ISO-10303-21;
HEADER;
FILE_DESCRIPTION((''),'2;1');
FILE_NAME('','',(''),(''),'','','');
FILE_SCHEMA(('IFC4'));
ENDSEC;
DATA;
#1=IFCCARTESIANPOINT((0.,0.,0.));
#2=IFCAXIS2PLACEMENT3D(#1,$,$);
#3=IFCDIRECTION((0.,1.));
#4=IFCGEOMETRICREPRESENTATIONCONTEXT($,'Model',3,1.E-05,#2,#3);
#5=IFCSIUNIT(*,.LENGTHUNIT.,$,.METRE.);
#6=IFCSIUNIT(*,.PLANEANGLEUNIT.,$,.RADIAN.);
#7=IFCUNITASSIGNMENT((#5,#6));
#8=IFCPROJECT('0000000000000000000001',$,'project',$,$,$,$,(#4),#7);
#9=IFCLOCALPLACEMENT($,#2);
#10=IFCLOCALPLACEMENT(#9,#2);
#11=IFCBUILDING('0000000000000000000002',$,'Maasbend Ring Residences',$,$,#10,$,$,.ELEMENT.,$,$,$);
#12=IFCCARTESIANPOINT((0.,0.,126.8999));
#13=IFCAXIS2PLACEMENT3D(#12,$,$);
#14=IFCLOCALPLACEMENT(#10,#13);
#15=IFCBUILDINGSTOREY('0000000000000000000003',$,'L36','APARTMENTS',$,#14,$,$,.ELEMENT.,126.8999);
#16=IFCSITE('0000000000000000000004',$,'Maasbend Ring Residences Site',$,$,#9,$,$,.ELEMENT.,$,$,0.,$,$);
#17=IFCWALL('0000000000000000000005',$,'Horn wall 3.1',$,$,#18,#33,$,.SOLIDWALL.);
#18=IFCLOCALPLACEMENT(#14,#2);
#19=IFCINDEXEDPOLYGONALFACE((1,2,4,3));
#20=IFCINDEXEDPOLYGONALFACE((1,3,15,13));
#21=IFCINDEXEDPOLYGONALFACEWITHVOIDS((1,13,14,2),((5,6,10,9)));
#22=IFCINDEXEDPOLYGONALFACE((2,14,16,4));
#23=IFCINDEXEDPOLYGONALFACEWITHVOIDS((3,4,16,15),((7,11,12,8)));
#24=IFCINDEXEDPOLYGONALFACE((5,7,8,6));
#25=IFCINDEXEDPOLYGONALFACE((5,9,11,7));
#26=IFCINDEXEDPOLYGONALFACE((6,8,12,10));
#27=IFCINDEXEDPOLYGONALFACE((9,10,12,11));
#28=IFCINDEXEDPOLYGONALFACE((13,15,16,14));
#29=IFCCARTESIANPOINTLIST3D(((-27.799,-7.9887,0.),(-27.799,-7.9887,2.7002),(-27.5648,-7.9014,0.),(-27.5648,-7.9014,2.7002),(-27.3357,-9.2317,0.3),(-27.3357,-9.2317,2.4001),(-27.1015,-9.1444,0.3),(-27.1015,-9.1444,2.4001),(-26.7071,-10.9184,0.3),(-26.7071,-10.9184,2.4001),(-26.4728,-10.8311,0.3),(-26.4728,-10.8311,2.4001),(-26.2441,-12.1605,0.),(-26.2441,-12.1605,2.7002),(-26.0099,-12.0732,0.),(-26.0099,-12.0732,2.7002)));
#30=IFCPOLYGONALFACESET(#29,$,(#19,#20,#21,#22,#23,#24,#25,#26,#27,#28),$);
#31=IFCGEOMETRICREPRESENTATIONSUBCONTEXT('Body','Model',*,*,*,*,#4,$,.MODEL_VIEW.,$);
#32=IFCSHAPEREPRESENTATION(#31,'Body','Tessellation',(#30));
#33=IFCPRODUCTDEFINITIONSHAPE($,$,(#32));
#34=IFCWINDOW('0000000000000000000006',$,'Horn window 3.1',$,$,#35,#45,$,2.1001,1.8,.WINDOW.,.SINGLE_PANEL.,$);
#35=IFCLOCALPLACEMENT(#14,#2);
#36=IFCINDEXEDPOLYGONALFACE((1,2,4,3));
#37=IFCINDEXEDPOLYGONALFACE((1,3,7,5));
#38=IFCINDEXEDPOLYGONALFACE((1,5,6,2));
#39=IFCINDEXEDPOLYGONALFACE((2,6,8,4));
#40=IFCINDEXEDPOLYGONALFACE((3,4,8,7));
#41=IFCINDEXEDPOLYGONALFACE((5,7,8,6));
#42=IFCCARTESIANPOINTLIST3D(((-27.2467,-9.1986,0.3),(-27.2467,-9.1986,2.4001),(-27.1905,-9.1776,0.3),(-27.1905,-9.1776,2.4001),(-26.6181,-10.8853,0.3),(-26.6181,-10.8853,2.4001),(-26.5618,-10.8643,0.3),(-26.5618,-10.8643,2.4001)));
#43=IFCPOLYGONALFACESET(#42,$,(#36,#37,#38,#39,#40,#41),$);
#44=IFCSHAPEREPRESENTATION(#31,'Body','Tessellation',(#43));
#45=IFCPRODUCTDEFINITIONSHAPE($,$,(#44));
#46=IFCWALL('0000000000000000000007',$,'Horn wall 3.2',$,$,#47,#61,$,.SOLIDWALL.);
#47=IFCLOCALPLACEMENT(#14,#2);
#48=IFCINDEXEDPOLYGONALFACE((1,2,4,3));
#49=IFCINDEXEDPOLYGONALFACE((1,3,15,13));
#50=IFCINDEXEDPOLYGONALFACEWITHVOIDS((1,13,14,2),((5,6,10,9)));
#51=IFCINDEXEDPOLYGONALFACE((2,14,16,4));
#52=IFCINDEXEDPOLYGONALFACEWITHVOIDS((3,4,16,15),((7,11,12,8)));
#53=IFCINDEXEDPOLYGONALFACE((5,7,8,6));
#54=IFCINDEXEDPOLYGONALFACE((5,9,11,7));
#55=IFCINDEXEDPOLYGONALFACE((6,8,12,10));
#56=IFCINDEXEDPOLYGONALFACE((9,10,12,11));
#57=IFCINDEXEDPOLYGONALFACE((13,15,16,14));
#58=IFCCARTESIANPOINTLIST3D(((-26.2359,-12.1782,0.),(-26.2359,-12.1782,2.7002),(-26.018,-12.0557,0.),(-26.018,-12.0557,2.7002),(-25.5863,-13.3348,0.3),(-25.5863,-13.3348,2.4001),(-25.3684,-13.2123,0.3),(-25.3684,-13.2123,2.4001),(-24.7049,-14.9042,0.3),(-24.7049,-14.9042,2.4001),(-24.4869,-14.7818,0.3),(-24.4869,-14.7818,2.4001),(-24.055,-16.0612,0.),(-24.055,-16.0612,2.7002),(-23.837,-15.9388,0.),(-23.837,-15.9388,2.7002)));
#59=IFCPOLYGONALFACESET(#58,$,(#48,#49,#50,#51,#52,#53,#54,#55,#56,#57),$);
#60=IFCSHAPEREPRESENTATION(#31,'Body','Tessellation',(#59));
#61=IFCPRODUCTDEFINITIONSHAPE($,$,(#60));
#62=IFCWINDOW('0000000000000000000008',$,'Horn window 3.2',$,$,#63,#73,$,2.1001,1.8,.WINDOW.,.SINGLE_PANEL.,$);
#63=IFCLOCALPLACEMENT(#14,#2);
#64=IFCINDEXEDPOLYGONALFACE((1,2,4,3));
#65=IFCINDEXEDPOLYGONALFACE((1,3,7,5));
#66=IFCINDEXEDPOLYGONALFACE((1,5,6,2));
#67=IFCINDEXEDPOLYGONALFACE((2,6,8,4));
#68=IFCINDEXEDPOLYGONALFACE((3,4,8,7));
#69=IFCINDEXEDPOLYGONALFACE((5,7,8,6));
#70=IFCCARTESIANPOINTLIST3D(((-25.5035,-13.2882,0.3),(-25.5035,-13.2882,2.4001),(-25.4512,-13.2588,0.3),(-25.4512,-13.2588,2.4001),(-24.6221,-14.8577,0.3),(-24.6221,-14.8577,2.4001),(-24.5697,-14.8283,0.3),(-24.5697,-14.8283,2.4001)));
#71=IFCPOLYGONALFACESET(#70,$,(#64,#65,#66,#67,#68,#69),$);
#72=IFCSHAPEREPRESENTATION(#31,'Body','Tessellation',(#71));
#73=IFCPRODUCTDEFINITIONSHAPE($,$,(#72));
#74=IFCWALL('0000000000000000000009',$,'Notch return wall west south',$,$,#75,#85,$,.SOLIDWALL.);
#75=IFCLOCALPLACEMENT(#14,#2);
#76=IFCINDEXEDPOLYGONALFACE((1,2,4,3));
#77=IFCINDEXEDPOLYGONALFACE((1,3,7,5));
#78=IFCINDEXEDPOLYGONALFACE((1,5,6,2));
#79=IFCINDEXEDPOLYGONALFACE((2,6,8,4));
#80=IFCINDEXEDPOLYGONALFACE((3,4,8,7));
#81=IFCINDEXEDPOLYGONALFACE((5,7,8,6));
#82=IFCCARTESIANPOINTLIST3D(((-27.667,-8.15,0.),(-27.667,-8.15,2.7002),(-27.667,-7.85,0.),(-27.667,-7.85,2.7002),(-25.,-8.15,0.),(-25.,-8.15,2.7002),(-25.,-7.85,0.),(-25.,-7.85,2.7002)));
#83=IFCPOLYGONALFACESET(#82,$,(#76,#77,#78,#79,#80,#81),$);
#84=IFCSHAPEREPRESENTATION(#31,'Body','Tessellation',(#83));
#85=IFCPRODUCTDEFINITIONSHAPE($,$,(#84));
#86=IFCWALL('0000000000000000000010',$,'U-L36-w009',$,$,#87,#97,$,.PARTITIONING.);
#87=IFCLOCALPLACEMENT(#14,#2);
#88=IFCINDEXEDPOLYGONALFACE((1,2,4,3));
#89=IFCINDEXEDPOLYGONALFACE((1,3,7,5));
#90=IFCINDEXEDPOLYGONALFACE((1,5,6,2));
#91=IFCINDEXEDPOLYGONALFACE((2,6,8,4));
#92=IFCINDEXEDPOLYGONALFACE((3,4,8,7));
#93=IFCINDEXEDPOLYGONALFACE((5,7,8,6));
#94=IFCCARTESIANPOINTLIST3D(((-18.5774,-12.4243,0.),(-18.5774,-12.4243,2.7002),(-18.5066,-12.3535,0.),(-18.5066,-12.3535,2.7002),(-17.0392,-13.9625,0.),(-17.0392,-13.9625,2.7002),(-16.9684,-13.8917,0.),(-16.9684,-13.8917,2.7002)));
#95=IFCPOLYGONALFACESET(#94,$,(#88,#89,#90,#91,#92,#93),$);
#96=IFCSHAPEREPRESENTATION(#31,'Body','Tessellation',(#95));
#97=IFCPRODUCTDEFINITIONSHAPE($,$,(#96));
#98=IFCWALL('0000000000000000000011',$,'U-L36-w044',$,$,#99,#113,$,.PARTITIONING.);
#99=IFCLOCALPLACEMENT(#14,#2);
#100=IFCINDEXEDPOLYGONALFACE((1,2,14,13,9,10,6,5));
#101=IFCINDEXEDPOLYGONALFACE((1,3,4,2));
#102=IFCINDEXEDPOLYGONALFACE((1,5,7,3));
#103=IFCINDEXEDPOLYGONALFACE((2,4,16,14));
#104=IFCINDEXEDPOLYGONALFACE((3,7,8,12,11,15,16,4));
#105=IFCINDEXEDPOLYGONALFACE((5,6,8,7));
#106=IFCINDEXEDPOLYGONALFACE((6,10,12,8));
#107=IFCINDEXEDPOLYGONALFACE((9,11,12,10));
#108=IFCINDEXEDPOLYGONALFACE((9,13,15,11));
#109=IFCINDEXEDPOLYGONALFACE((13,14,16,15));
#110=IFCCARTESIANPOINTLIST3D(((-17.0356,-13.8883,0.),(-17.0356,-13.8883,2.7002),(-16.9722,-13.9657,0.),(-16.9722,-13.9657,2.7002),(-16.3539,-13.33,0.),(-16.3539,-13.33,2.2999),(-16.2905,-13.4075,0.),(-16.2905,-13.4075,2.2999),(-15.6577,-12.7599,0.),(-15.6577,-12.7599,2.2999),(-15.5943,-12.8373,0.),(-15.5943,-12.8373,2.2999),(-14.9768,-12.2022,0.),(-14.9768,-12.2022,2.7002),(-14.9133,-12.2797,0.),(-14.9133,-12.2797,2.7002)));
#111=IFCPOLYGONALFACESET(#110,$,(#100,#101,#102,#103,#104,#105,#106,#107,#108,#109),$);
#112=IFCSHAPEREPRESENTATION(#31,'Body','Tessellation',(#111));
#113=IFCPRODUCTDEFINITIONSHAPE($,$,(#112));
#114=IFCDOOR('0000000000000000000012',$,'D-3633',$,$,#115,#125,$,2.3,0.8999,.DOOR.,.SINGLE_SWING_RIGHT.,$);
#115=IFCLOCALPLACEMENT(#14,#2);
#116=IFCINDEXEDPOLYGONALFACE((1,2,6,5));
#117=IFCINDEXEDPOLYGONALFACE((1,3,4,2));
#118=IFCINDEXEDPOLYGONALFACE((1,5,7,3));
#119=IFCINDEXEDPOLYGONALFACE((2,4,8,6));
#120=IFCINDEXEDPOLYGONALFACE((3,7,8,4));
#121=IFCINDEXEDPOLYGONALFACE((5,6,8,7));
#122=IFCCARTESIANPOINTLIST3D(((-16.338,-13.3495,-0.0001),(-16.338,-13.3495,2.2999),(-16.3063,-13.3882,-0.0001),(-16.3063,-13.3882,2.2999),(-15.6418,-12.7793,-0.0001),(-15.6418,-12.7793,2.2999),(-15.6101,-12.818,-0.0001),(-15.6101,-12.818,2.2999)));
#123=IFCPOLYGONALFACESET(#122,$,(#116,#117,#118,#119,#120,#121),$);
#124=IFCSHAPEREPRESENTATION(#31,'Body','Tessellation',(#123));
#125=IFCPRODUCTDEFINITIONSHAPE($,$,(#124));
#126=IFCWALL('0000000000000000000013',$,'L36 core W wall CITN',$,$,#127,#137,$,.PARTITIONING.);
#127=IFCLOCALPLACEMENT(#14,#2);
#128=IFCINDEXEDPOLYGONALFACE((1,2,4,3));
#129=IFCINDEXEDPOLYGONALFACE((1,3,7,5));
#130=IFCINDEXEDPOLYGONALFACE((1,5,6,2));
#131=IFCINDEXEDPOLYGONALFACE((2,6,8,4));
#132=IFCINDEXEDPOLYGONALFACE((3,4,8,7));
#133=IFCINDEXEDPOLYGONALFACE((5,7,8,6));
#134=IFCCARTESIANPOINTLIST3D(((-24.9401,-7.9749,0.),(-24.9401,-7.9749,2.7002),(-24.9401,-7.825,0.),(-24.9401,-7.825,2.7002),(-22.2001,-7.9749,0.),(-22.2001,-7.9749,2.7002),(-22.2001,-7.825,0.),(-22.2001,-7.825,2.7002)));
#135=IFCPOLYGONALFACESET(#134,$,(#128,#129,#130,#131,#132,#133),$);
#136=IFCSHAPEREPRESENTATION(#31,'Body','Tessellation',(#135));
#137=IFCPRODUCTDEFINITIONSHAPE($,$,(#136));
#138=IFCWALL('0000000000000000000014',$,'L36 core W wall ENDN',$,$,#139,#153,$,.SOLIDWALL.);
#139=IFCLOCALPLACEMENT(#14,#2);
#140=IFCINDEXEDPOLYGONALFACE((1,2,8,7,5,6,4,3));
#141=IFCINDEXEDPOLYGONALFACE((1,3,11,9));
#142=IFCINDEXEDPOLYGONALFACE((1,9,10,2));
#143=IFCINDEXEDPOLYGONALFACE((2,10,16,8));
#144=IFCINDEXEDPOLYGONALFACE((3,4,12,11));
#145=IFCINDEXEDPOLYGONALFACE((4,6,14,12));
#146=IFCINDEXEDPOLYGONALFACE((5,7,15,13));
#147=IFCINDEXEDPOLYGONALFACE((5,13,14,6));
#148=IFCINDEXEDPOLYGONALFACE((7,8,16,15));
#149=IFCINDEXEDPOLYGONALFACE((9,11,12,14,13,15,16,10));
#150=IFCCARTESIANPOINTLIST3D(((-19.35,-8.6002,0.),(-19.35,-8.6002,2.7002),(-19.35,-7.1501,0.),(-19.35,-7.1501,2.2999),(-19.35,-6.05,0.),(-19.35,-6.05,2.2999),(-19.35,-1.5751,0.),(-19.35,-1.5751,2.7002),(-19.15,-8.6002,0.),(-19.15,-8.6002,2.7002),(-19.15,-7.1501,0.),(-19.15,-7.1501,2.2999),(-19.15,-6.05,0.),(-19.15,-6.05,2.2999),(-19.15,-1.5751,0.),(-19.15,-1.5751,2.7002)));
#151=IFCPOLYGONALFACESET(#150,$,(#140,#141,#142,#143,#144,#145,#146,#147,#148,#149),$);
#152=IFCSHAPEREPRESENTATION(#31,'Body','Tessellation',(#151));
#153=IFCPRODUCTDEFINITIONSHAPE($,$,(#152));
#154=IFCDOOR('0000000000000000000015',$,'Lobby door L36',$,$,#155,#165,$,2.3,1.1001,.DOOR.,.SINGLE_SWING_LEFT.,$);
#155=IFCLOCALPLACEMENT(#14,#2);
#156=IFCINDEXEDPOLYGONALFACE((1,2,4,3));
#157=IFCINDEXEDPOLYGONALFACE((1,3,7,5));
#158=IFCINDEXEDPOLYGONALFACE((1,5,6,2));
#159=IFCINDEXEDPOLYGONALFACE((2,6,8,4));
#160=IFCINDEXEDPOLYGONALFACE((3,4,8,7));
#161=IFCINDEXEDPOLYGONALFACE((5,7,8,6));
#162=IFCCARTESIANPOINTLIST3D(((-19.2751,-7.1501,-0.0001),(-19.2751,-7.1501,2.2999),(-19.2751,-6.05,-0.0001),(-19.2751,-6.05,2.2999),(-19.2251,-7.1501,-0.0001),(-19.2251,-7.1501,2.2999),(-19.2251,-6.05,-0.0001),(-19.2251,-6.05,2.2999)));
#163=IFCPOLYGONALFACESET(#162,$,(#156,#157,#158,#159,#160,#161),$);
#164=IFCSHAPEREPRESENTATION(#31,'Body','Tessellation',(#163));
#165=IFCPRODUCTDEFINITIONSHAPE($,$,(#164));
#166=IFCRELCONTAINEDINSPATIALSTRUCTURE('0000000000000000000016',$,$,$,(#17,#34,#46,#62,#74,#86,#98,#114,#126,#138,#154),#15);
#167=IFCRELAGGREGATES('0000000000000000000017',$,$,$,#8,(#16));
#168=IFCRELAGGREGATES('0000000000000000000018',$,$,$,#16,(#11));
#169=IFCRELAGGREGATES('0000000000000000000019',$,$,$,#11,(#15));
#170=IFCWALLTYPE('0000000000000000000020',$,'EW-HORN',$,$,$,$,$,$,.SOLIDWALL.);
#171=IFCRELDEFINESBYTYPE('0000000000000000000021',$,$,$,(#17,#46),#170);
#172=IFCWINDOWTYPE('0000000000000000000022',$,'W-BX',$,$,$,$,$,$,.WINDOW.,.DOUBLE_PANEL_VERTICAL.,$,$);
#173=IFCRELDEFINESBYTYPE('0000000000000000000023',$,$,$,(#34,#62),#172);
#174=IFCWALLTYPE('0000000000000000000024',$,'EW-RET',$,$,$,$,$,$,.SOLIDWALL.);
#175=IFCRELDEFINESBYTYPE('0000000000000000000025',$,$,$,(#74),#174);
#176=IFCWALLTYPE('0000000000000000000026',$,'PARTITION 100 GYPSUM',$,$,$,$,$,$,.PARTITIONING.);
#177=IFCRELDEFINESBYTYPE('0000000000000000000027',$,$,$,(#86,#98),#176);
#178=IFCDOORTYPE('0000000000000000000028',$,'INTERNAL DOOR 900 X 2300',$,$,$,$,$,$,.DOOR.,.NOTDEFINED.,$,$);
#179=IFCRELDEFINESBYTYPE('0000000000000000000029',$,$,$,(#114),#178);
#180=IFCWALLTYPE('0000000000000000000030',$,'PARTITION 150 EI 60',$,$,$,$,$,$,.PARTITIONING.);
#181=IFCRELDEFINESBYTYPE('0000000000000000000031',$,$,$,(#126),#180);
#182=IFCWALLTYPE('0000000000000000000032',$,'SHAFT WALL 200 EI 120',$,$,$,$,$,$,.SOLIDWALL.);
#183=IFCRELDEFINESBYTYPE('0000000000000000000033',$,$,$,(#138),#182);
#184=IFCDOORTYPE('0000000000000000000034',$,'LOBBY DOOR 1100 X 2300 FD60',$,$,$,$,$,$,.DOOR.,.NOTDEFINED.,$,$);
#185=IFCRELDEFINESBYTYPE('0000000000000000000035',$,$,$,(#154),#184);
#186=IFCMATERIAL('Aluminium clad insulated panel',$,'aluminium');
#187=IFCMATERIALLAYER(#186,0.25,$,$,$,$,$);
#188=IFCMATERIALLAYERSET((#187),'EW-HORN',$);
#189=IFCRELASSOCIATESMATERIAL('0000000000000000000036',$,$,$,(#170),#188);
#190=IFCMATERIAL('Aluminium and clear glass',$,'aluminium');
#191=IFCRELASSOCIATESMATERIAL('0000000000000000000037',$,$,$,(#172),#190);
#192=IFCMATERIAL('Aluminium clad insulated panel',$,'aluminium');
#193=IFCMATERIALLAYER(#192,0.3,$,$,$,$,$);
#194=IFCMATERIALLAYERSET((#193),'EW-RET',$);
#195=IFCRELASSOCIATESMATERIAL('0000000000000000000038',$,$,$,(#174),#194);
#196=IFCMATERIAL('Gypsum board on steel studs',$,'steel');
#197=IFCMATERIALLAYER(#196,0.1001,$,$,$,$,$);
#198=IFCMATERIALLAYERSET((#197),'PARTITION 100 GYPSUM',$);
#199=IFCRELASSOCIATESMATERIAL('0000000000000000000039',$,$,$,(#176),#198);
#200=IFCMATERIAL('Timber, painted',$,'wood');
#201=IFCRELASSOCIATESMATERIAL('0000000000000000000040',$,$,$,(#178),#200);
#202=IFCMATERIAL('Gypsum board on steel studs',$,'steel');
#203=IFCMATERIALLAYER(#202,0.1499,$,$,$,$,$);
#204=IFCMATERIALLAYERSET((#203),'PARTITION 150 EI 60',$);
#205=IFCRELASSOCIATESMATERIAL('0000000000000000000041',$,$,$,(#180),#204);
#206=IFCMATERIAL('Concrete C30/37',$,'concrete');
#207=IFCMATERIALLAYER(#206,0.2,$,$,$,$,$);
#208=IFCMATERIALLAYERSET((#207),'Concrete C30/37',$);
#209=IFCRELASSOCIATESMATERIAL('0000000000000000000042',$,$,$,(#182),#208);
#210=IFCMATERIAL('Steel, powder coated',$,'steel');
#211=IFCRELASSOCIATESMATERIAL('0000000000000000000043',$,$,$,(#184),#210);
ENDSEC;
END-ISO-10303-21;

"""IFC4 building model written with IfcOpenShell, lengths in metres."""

from ifc_helpers import new_model, si_unit, direction, frame, frame_2d, origin, place, context, subcontext, project, spatial, rectangle, extrude, material, layer, layer_set, type_object, element, fill, save


model = new_model("IFC4")

# Units and contexts
model_context = context("Model", 3, precision=1e-05, world=origin(), true_north=direction((0.0, 1.0)))
body_context = subcontext(model_context, "Body", "Model", "MODEL_VIEW")
ifc_project = project(units=[si_unit("LENGTHUNIT", "METRE"), si_unit("PLANEANGLEUNIT", "RADIAN")], contexts=[model_context])

# Site, building, storey
site_placement = place(None, origin())
site = spatial("IfcSite", under=ifc_project, at=site_placement, Name="Maasbend Ring Residences Site", CompositionType="ELEMENT", RefElevation=0.0)
building_placement = place(site_placement, origin())
building = spatial("IfcBuilding", under=site, at=building_placement, Name="Maasbend Ring Residences", CompositionType="ELEMENT")
storey_placement = place(building_placement, frame((0.0, 0.0, 126.8999)))
storey = spatial("IfcBuildingStorey", under=building, at=storey_placement, Name="L36", Description="APARTMENTS", CompositionType="ELEMENT", Elevation=126.8999)

# Walls, openings, windows
ifc_material_1 = material(Name="Aluminium clad insulated panel", Category="aluminium")
ifc_layer_1 = layer(ifc_material_1, 0.25)
ifc_layer_set_1 = layer_set([ifc_layer_1], Name="EW-HORN")
wall_type_1 = type_object("IfcWallType", Name="EW-HORN", PredefinedType="SOLIDWALL", material=ifc_layer_set_1)
wall_1_placement = place(storey_placement, frame((-27.6819, -7.9451, 0.0), z_axis=(0.0, 0.0, 1.0), x_axis=(0.349248, -0.93703, 0.0)))
wall_1 = element("IfcWall", 1, at=wall_1_placement, inside=storey, type_object=wall_type_1, Name="Horn wall 3.1", PredefinedType="SOLIDWALL", context=body_context, shape_type="SweptSolid", body=[
    extrude(rectangle(XDim=4.4521, YDim=0.25, at=frame_2d((2.2261, 0.0))), origin(), (0.0, 0.0, 1.0), 2.7002),
])
opening_1_placement = place(wall_1_placement, frame((1.3267, 0.0, 0.3)))
opening_1 = element("IfcOpeningElement", 2, at=opening_1_placement, cuts=wall_1, PredefinedType="OPENING", context=body_context, shape_type="SweptSolid", body=[
    extrude(rectangle(XDim=1.8, YDim=2.1001, at=frame_2d((0.8999, 1.05))), frame((0.0, 0.135, 0.0), z_axis=(0.0, -1.0, 0.0), x_axis=(1.0, 0.0, 0.0)), (0.0, 0.0, 1.0), 0.27),
])
ifc_material_2 = material(Name="Aluminium and clear glass", Category="aluminium")
window_type = type_object("IfcWindowType", Name="W-BX", PartitioningType="DOUBLE_PANEL_VERTICAL", PredefinedType="WINDOW", material=ifc_material_2)
window_1_placement = place(opening_1_placement, origin())
window_1 = element("IfcWindow", 3, at=window_1_placement, inside=storey, type_object=window_type, Name="Horn window 3.1", OverallHeight=2.1001, OverallWidth=1.8, PartitioningType="SINGLE_PANEL", PredefinedType="WINDOW", context=body_context, shape_type="SweptSolid", body=[
    extrude(rectangle(XDim=1.8, YDim=2.1001, at=frame_2d((0.8999, 1.05))), frame((0.0, 0.03, 0.0), z_axis=(0.0, -1.0, 0.0), x_axis=(1.0, 0.0, 0.0)), (0.0, 0.0, 1.0), 0.0601),
])
fill(opening_1, window_1)
wall_2_placement = place(storey_placement, frame((-26.127, -12.1169, 0.0), z_axis=(0.0, 0.0, 1.0), x_axis=(0.489696, -0.871893, 0.0)))
wall_2 = element("IfcWall", 4, at=wall_2_placement, inside=storey, type_object=wall_type_1, Name="Horn wall 3.2", PredefinedType="SOLIDWALL", context=body_context, shape_type="SweptSolid", body=[
    extrude(rectangle(XDim=4.4536, YDim=0.25, at=frame_2d((2.2268, 0.0))), origin(), (0.0, 0.0, 1.0), 2.7002),
])
opening_2_placement = place(wall_2_placement, frame((1.3267, 0.0, 0.3)))
opening_2 = element("IfcOpeningElement", 5, at=opening_2_placement, cuts=wall_2, PredefinedType="OPENING", context=body_context, shape_type="SweptSolid", body=[
    extrude(rectangle(XDim=1.8, YDim=2.1001, at=frame_2d((0.8999, 1.05))), frame((0.0, 0.135, 0.0), z_axis=(0.0, -1.0, 0.0), x_axis=(1.0, 0.0, 0.0)), (0.0, 0.0, 1.0), 0.27),
])
window_2_placement = place(opening_2_placement, origin())
window_2 = element("IfcWindow", 6, at=window_2_placement, inside=storey, type_object=window_type, Name="Horn window 3.2", OverallHeight=2.1001, OverallWidth=1.8, PartitioningType="SINGLE_PANEL", PredefinedType="WINDOW", context=body_context, shape_type="SweptSolid", body=[
    extrude(rectangle(XDim=1.8, YDim=2.1001, at=frame_2d((0.8999, 1.05))), frame((0.0, 0.03, 0.0), z_axis=(0.0, -1.0, 0.0), x_axis=(1.0, 0.0, 0.0)), (0.0, 0.0, 1.0), 0.0601),
])
fill(opening_2, window_2)

# Walls
ifc_material_3 = material(Name="Aluminium clad insulated panel", Category="aluminium")
ifc_layer_2 = layer(ifc_material_3, 0.3)
ifc_layer_set_2 = layer_set([ifc_layer_2], Name="EW-RET")
wall_type_2 = type_object("IfcWallType", Name="EW-RET", PredefinedType="SOLIDWALL", material=ifc_layer_set_2)
wall_3_placement = place(storey_placement, frame((-25.0, -8.0, 0.0), z_axis=(0.0, 0.0, 1.0), x_axis=(-1.0, 0.0, 0.0)))
element("IfcWall", 7, at=wall_3_placement, inside=storey, type_object=wall_type_2, Name="Notch return wall west south", PredefinedType="SOLIDWALL", context=body_context, shape_type="SweptSolid", body=[
    extrude(rectangle(XDim=2.667, YDim=0.3, at=frame_2d((1.3335, 0.0))), origin(), (0.0, 0.0, 1.0), 2.7002),
])
ifc_material_4 = material(Name="Gypsum board on steel studs", Category="steel")
ifc_layer_3 = layer(ifc_material_4, 0.1001)
ifc_layer_set_3 = layer_set([ifc_layer_3], Name="PARTITION 100 GYPSUM")
wall_type_3 = type_object("IfcWallType", Name="PARTITION 100 GYPSUM", PredefinedType="PARTITIONING", material=ifc_layer_set_3)
wall_4_placement = place(storey_placement, frame((-18.542, -12.3889, 0.0), z_axis=(0.0, 0.0, 1.0), x_axis=(0.707107, -0.707107, 0.0)))
element("IfcWall", 8, at=wall_4_placement, inside=storey, type_object=wall_type_3, Name="U-L36-w009", PredefinedType="PARTITIONING", context=body_context, shape_type="SweptSolid", body=[
    extrude(rectangle(XDim=2.1753, YDim=0.1001, at=frame_2d((1.0876, 0.0))), origin(), (0.0, 0.0, 1.0), 2.7002),
])

# Wall, opening, door
wall_5_placement = place(storey_placement, frame((-17.0039, -13.927, 0.0), z_axis=(0.0, 0.0, 1.0), x_axis=(0.773675, 0.633582, 0.0)))
wall_5 = element("IfcWall", 9, at=wall_5_placement, inside=storey, type_object=wall_type_3, Name="U-L36-w044", PredefinedType="PARTITIONING", context=body_context, shape_type="SweptSolid", body=[
    extrude(rectangle(XDim=2.6611, YDim=0.1001, at=frame_2d((1.3306, 0.0))), origin(), (0.0, 0.0, 1.0), 2.7002),
])
opening_3_placement = place(wall_5_placement, frame((0.8811, 0.0, 0.0)))
opening_3 = element("IfcOpeningElement", 10, at=opening_3_placement, cuts=wall_5, PredefinedType="OPENING", context=body_context, shape_type="SweptSolid", body=[
    extrude(rectangle(XDim=0.8999, YDim=2.3, at=frame_2d((0.45, 1.1499))), frame((0.0, 0.0601, 0.0), z_axis=(0.0, -1.0, 0.0), x_axis=(1.0, 0.0, 0.0)), (0.0, 0.0, 1.0), 0.1201),
])
ifc_material_5 = material(Name="Timber, painted", Category="wood")
door_type_1 = type_object("IfcDoorType", Name="INTERNAL DOOR 900 X 2300", OperationType="NOTDEFINED", PredefinedType="DOOR", material=ifc_material_5)
door_1_placement = place(opening_3_placement, origin())
door_1 = element("IfcDoor", 11, at=door_1_placement, inside=storey, type_object=door_type_1, Name="D-3633", OperationType="SINGLE_SWING_RIGHT", OverallHeight=2.3, OverallWidth=0.8999, PredefinedType="DOOR", context=body_context, shape_type="SweptSolid", body=[
    extrude(rectangle(XDim=0.8999, YDim=2.3, at=frame_2d((0.45, 1.1499))), frame((0.0, 0.0249, 0.0), z_axis=(0.0, -1.0, 0.0), x_axis=(1.0, 0.0, 0.0)), (0.0, 0.0, 1.0), 0.05),
])
fill(opening_3, door_1)

# Wall
ifc_material_6 = material(Name="Gypsum board on steel studs", Category="steel")
ifc_layer_4 = layer(ifc_material_6, 0.1499)
ifc_layer_set_4 = layer_set([ifc_layer_4], Name="PARTITION 150 EI 60")
wall_type_4 = type_object("IfcWallType", Name="PARTITION 150 EI 60", PredefinedType="PARTITIONING", material=ifc_layer_set_4)
wall_6_placement = place(storey_placement, frame((-22.2, -7.8999, 0.0), z_axis=(0.0, 0.0, 1.0), x_axis=(-1.0, 0.0, 0.0)))
element("IfcWall", 12, at=wall_6_placement, inside=storey, type_object=wall_type_4, Name="L36 core W wall CITN", PredefinedType="PARTITIONING", context=body_context, shape_type="SweptSolid", body=[
    extrude(rectangle(XDim=2.74, YDim=0.1499, at=frame_2d((1.3701, 0.0))), origin(), (0.0, 0.0, 1.0), 2.7002),
])

# Wall, opening, door
ifc_material_7 = material(Name="Concrete C30/37", Category="concrete")
ifc_layer_5 = layer(ifc_material_7, 0.2)
ifc_layer_set_5 = layer_set([ifc_layer_5], Name="Concrete C30/37")
wall_type_5 = type_object("IfcWallType", Name="SHAFT WALL 200 EI 120", PredefinedType="SOLIDWALL", material=ifc_layer_set_5)
wall_7_placement = place(storey_placement, frame((-19.25, -1.575, 0.0), z_axis=(0.0, 0.0, 1.0), x_axis=(0.0, -1.0, 0.0)))
wall_7 = element("IfcWall", 13, at=wall_7_placement, inside=storey, type_object=wall_type_5, Name="L36 core W wall ENDN", PredefinedType="SOLIDWALL", context=body_context, shape_type="SweptSolid", body=[
    extrude(rectangle(XDim=7.0251, YDim=0.2, at=frame_2d((3.5127, 0.0))), origin(), (0.0, 0.0, 1.0), 2.7002),
])
opening_4_placement = place(wall_7_placement, frame((4.4751, 0.0, 0.0)))
opening_4 = element("IfcOpeningElement", 14, at=opening_4_placement, cuts=wall_7, PredefinedType="OPENING", context=body_context, shape_type="SweptSolid", body=[
    extrude(rectangle(XDim=1.1001, YDim=2.3, at=frame_2d((0.55, 1.1499))), frame((0.0, 0.1099, 0.0), z_axis=(0.0, -1.0, 0.0), x_axis=(1.0, 0.0, 0.0)), (0.0, 0.0, 1.0), 0.22),
])
ifc_material_8 = material(Name="Steel, powder coated", Category="steel")
door_type_2 = type_object("IfcDoorType", Name="LOBBY DOOR 1100 X 2300 FD60", OperationType="NOTDEFINED", PredefinedType="DOOR", material=ifc_material_8)
door_2_placement = place(opening_4_placement, origin())
door_2 = element("IfcDoor", 15, at=door_2_placement, inside=storey, type_object=door_type_2, Name="Lobby door L36", OperationType="SINGLE_SWING_LEFT", OverallHeight=2.3, OverallWidth=1.1001, PredefinedType="DOOR", context=body_context, shape_type="SweptSolid", body=[
    extrude(rectangle(XDim=1.1001, YDim=2.3, at=frame_2d((0.55, 1.1499))), frame((0.0, 0.0249, 0.0), z_axis=(0.0, -1.0, 0.0), x_axis=(1.0, 0.0, 0.0)), (0.0, 0.0, 1.0), 0.05),
])
fill(opening_4, door_2)

save(model, "model.ifc")
